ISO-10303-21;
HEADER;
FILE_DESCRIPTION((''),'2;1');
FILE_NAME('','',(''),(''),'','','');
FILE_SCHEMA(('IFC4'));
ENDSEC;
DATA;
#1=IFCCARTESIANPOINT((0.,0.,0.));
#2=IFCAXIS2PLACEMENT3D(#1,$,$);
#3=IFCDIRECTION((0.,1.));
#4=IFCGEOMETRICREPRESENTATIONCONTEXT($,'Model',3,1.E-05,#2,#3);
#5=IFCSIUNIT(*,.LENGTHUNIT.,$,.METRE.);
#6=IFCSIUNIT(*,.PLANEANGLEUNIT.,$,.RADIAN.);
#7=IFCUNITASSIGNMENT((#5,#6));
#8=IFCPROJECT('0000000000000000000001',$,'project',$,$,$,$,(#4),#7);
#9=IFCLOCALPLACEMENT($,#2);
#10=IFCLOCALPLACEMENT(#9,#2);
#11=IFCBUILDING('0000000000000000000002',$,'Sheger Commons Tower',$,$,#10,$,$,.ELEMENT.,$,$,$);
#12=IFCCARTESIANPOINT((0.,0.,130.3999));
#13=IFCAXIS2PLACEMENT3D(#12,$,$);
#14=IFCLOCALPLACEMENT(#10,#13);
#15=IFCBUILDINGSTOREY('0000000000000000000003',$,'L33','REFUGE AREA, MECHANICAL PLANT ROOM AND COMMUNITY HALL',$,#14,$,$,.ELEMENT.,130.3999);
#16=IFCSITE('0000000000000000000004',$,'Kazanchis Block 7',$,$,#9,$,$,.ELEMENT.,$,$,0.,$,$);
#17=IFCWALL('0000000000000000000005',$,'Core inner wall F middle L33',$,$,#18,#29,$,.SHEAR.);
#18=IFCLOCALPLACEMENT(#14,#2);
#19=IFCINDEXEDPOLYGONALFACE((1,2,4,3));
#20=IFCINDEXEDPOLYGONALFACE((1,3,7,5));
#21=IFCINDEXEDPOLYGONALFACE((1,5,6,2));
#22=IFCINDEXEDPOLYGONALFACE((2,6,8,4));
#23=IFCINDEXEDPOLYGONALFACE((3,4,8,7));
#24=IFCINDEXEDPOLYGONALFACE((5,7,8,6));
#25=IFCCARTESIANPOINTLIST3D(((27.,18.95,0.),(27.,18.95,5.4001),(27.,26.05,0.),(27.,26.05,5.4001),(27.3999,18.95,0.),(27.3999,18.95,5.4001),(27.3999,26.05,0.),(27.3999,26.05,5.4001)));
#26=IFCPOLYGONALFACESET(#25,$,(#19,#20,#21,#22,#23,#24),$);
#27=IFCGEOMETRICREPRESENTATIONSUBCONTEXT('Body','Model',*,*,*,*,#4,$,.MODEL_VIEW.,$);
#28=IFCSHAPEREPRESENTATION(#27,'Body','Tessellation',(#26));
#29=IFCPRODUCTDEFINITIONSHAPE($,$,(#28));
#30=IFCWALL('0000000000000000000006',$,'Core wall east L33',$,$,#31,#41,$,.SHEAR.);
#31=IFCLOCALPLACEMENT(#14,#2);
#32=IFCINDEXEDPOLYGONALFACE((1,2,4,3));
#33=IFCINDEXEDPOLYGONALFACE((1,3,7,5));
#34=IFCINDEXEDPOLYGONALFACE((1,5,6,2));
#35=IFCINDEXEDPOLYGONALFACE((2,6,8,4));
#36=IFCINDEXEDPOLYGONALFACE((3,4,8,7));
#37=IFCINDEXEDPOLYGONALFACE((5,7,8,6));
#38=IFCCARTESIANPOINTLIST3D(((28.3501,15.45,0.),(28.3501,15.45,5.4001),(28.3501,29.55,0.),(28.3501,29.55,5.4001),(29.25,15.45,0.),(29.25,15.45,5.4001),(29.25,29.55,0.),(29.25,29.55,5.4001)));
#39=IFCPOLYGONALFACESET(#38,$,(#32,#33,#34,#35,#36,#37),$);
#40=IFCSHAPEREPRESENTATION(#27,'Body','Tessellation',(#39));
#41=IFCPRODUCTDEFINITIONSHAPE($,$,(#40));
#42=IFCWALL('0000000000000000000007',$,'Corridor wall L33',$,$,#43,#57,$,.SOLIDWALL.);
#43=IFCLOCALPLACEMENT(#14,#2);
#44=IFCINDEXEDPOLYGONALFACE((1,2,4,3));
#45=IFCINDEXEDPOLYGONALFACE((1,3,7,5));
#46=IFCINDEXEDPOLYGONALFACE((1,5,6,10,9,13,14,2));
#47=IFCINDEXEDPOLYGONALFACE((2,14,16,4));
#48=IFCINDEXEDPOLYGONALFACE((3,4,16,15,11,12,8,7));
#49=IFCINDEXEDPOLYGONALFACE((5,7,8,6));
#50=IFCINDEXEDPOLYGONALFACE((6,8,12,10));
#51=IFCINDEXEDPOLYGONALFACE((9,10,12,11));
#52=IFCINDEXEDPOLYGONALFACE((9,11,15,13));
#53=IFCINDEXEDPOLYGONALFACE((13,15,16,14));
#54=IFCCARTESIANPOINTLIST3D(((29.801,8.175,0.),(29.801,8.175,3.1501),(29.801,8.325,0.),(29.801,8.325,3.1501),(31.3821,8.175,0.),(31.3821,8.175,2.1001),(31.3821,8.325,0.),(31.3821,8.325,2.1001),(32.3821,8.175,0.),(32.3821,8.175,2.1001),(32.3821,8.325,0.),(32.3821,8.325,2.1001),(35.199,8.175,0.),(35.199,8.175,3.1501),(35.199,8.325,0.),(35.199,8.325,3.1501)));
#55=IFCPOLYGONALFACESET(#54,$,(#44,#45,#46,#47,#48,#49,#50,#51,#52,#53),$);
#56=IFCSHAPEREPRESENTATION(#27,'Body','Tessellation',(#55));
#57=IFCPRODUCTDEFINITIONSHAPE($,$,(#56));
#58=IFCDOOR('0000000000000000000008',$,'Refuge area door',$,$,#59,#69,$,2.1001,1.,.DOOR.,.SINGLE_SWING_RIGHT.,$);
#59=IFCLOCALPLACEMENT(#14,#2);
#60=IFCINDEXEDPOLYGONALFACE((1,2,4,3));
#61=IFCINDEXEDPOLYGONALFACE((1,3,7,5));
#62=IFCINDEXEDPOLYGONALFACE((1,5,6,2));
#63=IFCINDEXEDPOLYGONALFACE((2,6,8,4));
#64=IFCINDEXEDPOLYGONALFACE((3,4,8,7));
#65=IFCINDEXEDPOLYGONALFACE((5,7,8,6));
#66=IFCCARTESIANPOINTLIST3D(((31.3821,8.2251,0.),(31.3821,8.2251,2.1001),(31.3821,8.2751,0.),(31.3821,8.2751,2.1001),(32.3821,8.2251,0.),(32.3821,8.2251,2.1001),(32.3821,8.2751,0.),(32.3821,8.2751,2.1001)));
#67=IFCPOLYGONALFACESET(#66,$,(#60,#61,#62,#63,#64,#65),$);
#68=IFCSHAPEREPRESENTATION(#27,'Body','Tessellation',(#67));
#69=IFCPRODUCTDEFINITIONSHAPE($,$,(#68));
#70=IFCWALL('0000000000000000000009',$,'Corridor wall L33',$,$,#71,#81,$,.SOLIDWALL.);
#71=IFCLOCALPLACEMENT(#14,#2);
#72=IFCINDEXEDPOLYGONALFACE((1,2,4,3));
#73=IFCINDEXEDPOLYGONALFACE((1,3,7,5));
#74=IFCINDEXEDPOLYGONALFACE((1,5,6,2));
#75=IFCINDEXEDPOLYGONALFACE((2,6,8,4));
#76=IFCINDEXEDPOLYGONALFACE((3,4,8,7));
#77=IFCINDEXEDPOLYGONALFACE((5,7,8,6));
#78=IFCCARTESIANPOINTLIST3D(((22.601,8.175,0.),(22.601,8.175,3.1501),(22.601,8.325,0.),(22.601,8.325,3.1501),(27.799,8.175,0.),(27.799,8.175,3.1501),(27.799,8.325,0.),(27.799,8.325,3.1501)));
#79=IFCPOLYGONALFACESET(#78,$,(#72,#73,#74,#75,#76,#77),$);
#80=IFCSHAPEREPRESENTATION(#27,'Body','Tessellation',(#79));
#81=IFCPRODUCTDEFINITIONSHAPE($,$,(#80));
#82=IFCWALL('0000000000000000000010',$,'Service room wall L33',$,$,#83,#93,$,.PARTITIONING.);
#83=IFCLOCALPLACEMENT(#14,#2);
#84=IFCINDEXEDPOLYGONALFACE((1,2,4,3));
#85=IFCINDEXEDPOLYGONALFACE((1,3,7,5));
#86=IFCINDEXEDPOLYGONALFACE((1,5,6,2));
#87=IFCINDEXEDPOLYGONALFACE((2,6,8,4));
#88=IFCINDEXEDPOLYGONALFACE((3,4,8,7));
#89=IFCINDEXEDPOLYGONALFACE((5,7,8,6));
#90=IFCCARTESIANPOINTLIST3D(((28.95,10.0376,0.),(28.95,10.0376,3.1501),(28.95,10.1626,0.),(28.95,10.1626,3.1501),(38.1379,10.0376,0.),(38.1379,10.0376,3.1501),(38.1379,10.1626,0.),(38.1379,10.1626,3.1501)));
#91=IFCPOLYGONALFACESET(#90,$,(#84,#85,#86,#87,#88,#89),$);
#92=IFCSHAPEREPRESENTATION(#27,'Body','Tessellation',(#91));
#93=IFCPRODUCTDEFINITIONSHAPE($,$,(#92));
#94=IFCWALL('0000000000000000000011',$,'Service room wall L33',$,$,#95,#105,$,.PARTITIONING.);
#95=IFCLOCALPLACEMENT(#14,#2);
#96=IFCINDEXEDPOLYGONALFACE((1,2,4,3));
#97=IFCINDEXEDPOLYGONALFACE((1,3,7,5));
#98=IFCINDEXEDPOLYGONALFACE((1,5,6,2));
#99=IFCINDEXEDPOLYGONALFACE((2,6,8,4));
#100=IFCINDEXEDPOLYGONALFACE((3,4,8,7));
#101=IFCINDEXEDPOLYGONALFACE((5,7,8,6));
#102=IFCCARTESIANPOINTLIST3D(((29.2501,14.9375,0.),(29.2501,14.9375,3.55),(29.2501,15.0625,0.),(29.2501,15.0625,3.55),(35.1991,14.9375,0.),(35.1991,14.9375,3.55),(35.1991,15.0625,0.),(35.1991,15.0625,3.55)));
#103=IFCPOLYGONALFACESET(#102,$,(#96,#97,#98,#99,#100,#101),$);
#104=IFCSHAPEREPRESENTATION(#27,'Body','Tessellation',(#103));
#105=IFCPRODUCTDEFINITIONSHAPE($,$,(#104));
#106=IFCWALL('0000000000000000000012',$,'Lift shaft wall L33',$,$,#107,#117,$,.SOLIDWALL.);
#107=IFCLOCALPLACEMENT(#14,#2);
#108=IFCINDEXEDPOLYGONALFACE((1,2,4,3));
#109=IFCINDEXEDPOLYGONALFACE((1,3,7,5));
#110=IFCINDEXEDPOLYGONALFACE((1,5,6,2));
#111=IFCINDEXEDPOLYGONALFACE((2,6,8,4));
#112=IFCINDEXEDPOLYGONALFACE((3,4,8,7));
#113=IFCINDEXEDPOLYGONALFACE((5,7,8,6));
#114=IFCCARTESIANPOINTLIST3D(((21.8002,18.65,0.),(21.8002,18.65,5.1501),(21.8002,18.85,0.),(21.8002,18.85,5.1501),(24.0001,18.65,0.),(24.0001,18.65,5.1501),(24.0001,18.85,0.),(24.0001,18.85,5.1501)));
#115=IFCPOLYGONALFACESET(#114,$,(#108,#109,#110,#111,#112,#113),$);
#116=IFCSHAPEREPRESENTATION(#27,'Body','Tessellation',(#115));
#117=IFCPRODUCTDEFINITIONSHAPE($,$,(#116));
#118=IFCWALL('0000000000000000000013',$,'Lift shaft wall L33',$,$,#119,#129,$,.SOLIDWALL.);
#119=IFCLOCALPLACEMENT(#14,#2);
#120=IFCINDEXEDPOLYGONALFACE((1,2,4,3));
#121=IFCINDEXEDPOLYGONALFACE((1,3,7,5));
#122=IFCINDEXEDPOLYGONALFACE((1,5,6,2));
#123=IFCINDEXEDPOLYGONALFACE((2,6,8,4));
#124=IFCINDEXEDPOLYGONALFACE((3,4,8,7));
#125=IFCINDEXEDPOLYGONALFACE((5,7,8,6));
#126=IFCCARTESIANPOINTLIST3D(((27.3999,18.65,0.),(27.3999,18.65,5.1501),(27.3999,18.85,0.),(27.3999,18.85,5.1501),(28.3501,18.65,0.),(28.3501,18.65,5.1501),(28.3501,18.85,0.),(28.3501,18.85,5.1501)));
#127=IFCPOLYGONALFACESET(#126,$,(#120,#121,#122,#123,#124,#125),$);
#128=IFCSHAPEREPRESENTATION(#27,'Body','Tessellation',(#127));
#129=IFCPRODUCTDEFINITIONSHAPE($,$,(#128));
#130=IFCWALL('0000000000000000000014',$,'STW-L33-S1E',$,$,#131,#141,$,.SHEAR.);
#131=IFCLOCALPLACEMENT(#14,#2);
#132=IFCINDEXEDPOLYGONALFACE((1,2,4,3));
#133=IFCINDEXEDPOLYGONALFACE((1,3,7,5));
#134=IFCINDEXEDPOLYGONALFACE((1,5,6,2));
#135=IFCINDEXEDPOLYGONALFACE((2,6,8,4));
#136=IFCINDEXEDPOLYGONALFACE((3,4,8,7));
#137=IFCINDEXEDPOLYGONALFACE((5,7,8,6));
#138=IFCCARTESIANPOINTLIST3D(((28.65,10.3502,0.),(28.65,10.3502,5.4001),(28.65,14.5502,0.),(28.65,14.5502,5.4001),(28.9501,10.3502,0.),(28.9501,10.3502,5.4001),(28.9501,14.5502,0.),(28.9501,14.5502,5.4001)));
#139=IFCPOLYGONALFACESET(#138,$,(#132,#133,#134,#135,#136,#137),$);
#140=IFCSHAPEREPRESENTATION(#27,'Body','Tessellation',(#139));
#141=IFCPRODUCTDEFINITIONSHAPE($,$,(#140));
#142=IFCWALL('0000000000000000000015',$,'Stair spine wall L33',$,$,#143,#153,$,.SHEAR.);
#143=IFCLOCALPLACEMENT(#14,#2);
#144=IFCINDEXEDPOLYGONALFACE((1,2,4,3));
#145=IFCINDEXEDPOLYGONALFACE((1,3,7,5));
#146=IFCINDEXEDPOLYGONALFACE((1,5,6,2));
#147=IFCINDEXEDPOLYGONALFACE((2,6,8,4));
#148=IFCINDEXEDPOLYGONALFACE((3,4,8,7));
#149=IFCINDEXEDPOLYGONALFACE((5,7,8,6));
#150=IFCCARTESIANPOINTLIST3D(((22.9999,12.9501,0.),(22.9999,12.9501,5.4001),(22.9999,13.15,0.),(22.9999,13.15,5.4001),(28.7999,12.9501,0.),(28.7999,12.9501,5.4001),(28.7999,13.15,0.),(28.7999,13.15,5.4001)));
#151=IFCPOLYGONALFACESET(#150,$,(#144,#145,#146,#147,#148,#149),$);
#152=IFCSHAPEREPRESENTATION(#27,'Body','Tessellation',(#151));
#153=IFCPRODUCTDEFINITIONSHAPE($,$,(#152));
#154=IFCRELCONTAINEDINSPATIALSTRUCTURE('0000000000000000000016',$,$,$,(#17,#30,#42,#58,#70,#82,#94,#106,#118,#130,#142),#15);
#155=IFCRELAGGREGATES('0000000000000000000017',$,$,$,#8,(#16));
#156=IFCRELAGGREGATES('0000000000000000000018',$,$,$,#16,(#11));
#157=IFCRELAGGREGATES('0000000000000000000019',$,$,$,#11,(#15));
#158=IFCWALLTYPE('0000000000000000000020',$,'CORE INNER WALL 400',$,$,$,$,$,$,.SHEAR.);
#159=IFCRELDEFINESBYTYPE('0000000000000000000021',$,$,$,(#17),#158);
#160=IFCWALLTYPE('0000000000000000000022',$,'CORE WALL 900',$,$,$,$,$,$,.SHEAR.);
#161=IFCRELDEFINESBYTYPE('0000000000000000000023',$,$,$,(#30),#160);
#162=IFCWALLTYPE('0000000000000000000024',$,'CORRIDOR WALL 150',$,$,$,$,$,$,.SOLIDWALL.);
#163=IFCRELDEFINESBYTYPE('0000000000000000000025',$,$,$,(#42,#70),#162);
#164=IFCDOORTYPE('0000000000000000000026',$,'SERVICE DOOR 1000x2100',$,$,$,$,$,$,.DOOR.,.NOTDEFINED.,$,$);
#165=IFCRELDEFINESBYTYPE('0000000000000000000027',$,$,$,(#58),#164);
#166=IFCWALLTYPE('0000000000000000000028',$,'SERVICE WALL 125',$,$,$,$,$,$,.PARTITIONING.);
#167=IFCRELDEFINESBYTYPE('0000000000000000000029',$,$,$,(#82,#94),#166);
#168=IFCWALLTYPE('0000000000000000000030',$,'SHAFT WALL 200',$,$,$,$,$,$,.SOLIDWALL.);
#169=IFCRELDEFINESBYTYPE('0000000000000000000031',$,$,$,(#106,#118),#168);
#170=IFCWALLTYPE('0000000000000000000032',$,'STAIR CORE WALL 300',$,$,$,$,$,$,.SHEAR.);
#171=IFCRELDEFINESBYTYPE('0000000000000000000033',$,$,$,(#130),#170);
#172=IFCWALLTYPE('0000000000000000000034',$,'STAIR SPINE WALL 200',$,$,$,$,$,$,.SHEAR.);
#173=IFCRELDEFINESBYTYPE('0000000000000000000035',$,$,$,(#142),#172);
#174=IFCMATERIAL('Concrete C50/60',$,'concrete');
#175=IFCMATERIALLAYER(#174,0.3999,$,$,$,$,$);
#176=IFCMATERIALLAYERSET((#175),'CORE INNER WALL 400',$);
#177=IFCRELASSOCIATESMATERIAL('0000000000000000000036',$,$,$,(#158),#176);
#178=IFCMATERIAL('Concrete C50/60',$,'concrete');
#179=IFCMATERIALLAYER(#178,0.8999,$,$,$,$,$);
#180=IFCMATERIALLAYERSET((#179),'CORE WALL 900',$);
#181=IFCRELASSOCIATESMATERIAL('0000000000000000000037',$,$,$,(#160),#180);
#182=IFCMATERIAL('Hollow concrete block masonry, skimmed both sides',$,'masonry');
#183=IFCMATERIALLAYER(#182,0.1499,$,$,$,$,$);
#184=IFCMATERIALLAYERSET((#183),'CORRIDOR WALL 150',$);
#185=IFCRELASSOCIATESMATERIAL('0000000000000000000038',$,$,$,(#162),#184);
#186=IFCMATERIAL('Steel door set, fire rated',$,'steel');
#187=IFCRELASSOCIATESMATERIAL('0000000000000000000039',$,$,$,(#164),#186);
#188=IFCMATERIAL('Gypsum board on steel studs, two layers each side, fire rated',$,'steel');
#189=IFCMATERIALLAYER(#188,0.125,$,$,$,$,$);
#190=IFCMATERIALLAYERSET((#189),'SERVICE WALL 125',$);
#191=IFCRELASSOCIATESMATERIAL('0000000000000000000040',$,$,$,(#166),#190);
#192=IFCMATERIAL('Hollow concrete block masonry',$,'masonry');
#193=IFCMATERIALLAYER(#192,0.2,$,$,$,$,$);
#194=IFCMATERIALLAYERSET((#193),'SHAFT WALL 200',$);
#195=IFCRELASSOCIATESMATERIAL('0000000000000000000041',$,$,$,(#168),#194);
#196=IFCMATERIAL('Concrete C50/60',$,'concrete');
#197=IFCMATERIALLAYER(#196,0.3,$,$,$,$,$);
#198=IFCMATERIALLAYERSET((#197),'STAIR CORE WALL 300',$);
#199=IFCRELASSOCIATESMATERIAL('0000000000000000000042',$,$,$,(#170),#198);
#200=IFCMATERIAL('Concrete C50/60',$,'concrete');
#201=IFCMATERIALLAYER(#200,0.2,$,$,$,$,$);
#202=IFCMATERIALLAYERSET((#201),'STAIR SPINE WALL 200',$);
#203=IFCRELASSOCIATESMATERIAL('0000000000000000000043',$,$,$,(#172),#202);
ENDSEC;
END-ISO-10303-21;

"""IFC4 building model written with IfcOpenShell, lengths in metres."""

from ifc_helpers import new_model, si_unit, direction, frame, frame_2d, origin, place, context, subcontext, project, spatial, rectangle, extrude, material, layer, layer_set, type_object, element, fill, save


model = new_model("IFC4")

# Units and contexts
model_context = context("Model", 3, precision=1e-05, world=origin(), true_north=direction((0.0, 1.0)))
body_context = subcontext(model_context, "Body", "Model", "MODEL_VIEW")
ifc_project = project(units=[si_unit("LENGTHUNIT", "METRE"), si_unit("PLANEANGLEUNIT", "RADIAN")], contexts=[model_context])

# Site, building, storey
site_placement = place(None, origin())
site = spatial("IfcSite", under=ifc_project, at=site_placement, Name="Kazanchis Block 7", CompositionType="ELEMENT", RefElevation=0.0)
building_placement = place(site_placement, origin())
building = spatial("IfcBuilding", under=site, at=building_placement, Name="Sheger Commons Tower", CompositionType="ELEMENT")
storey_placement = place(building_placement, frame((0.0, 0.0, 130.3999)))
storey = spatial("IfcBuildingStorey", under=building, at=storey_placement, Name="L33", Description="REFUGE AREA, MECHANICAL PLANT ROOM AND COMMUNITY HALL", CompositionType="ELEMENT", Elevation=130.3999)

# Shared definitions
ifc_material_1 = material(Name="Concrete C50/60", Category="concrete")
ifc_layer_1 = layer(ifc_material_1, 0.3999)
ifc_layer_set_1 = layer_set([ifc_layer_1], Name="CORE INNER WALL 400")
wall_type_1 = type_object("IfcWallType", Name="CORE INNER WALL 400", PredefinedType="SHEAR", material=ifc_layer_set_1)

# Walls
wall_1_placement = place(storey_placement, frame((27.2, 18.95, 0.0), z_axis=(0.0, 0.0, 1.0), x_axis=(0.0, 1.0, 0.0)))
element("IfcWall", 1, at=wall_1_placement, inside=storey, type_object=wall_type_1, Name="Core inner wall F middle L33", PredefinedType="SHEAR", context=body_context, shape_type="SweptSolid", body=[
    extrude(rectangle(XDim=7.1001, YDim=0.3999, at=frame_2d((3.55, 0.0))), origin(), (0.0, 0.0, 1.0), 5.4001),
])
ifc_material_2 = material(Name="Concrete C50/60", Category="concrete")
ifc_layer_2 = layer(ifc_material_2, 0.8999)
ifc_layer_set_2 = layer_set([ifc_layer_2], Name="CORE WALL 900")
wall_type_2 = type_object("IfcWallType", Name="CORE WALL 900", PredefinedType="SHEAR", material=ifc_layer_set_2)
wall_2_placement = place(storey_placement, frame((28.8, 15.45, 0.0), z_axis=(0.0, 0.0, 1.0), x_axis=(0.0, 1.0, 0.0)))
element("IfcWall", 2, at=wall_2_placement, inside=storey, type_object=wall_type_2, Name="Core wall east L33", PredefinedType="SHEAR", context=body_context, shape_type="SweptSolid", body=[
    extrude(rectangle(XDim=14.1001, YDim=0.8999, at=frame_2d((7.05, 0.0))), origin(), (0.0, 0.0, 1.0), 5.4001),
])

# Wall, opening, door
ifc_material_3 = material(Name="Hollow concrete block masonry, skimmed both sides", Category="masonry")
ifc_layer_3 = layer(ifc_material_3, 0.1499)
ifc_layer_set_3 = layer_set([ifc_layer_3], Name="CORRIDOR WALL 150")
wall_type_3 = type_object("IfcWallType", Name="CORRIDOR WALL 150", PredefinedType="SOLIDWALL", material=ifc_layer_set_3)
wall_3_placement = place(storey_placement, frame((35.199, 8.25, 0.0), z_axis=(0.0, 0.0, 1.0), x_axis=(-1.0, 0.0, 0.0)))
wall_3 = element("IfcWall", 3, at=wall_3_placement, inside=storey, type_object=wall_type_3, Name="Corridor wall L33", PredefinedType="SOLIDWALL", context=body_context, shape_type="SweptSolid", body=[
    extrude(rectangle(XDim=5.3979, YDim=0.1499, at=frame_2d((2.699, 0.0))), origin(), (0.0, 0.0, 1.0), 3.1501),
])
opening_1_placement = place(wall_3_placement, frame((2.8169, 0.0, 0.0)))
opening_1 = element("IfcOpeningElement", 4, at=opening_1_placement, cuts=wall_3, PredefinedType="OPENING", context=body_context, shape_type="SweptSolid", body=[
    extrude(rectangle(XDim=1.0, YDim=2.1001, at=frame_2d((0.5, 1.05))), frame((0.0, 0.085, 0.0), z_axis=(0.0, -1.0, 0.0), x_axis=(1.0, 0.0, 0.0)), (0.0, 0.0, 1.0), 0.1699),
])
ifc_material_4 = material(Name="Steel door set, fire rated", Category="steel")
door_type_1 = type_object("IfcDoorType", Name="SERVICE DOOR 1000x2100", OperationType="NOTDEFINED", PredefinedType="DOOR", material=ifc_material_4)
door_1_placement = place(opening_1_placement, origin())
door_1 = element("IfcDoor", 5, at=door_1_placement, inside=storey, type_object=door_type_1, Name="Refuge area door", OperationType="SINGLE_SWING_RIGHT", OverallHeight=2.1001, OverallWidth=1.0, PredefinedType="DOOR", context=body_context, shape_type="SweptSolid", body=[
    extrude(rectangle(XDim=1.0, YDim=2.1001, at=frame_2d((0.5, 1.05))), frame((0.0, 0.0249, 0.0), z_axis=(0.0, -1.0, 0.0), x_axis=(1.0, 0.0, 0.0)), (0.0, 0.0, 1.0), 0.05),
])
fill(opening_1, door_1)

# Walls
wall_4_placement = place(storey_placement, frame((27.7991, 8.25, 0.0), z_axis=(0.0, 0.0, 1.0), x_axis=(-1.0, 0.0, 0.0)))
element("IfcWall", 6, at=wall_4_placement, inside=storey, type_object=wall_type_3, Name="Corridor wall L33", PredefinedType="SOLIDWALL", context=body_context, shape_type="SweptSolid", body=[
    extrude(rectangle(XDim=5.198, YDim=0.1499, at=frame_2d((2.5991, 0.0))), origin(), (0.0, 0.0, 1.0), 3.1501),
])
ifc_material_5 = material(Name="Gypsum board on steel studs, two layers each side, fire rated", Category="steel")
ifc_layer_4 = layer(ifc_material_5, 0.125)
ifc_layer_set_4 = layer_set([ifc_layer_4], Name="SERVICE WALL 125")
wall_type_4 = type_object("IfcWallType", Name="SERVICE WALL 125", PredefinedType="PARTITIONING", material=ifc_layer_set_4)
wall_5_placement = place(storey_placement, frame((28.95, 10.1001, 0.0), z_axis=(0.0, 0.0, 1.0), x_axis=(1.0, 0.0, 0.0)))
element("IfcWall", 7, at=wall_5_placement, inside=storey, type_object=wall_type_4, Name="Service room wall L33", PredefinedType="PARTITIONING", context=body_context, shape_type="SweptSolid", body=[
    extrude(rectangle(XDim=9.188, YDim=0.125, at=frame_2d((4.594, 0.0))), origin(), (0.0, 0.0, 1.0), 3.1501),
])
wall_6_placement = place(storey_placement, frame((29.25, 15.0, 0.0), z_axis=(0.0, 0.0, 1.0), x_axis=(1.0, 0.0, 0.0)))
element("IfcWall", 8, at=wall_6_placement, inside=storey, type_object=wall_type_4, Name="Service room wall L33", PredefinedType="PARTITIONING", context=body_context, shape_type="SweptSolid", body=[
    extrude(rectangle(XDim=5.949, YDim=0.125, at=frame_2d((2.9746, 0.0))), origin(), (0.0, 0.0, 1.0), 3.55),
])
ifc_material_6 = material(Name="Hollow concrete block masonry", Category="masonry")
ifc_layer_5 = layer(ifc_material_6, 0.2)
ifc_layer_set_5 = layer_set([ifc_layer_5], Name="SHAFT WALL 200")
wall_type_5 = type_object("IfcWallType", Name="SHAFT WALL 200", PredefinedType="SOLIDWALL", material=ifc_layer_set_5)
wall_7_placement = place(storey_placement, frame((21.8, 18.75, 0.0), z_axis=(0.0, 0.0, 1.0), x_axis=(1.0, 0.0, 0.0)))
element("IfcWall", 9, at=wall_7_placement, inside=storey, type_object=wall_type_5, Name="Lift shaft wall L33", PredefinedType="SOLIDWALL", context=body_context, shape_type="SweptSolid", body=[
    extrude(rectangle(XDim=2.2, YDim=0.2, at=frame_2d((1.1001, 0.0))), origin(), (0.0, 0.0, 1.0), 5.1501),
])
wall_8_placement = place(storey_placement, frame((27.3999, 18.75, 0.0), z_axis=(0.0, 0.0, 1.0), x_axis=(1.0, 0.0, 0.0)))
element("IfcWall", 10, at=wall_8_placement, inside=storey, type_object=wall_type_5, Name="Lift shaft wall L33", PredefinedType="SOLIDWALL", context=body_context, shape_type="SweptSolid", body=[
    extrude(rectangle(XDim=0.9502, YDim=0.2, at=frame_2d((0.4751, 0.0))), origin(), (0.0, 0.0, 1.0), 5.1501),
])
ifc_material_7 = material(Name="Concrete C50/60", Category="concrete")
ifc_layer_6 = layer(ifc_material_7, 0.3)
ifc_layer_set_6 = layer_set([ifc_layer_6], Name="STAIR CORE WALL 300")
wall_type_6 = type_object("IfcWallType", Name="STAIR CORE WALL 300", PredefinedType="SHEAR", material=ifc_layer_set_6)
wall_9_placement = place(storey_placement, frame((28.8, 10.3501, 0.0), z_axis=(0.0, 0.0, 1.0), x_axis=(0.0, 1.0, 0.0)))
element("IfcWall", 11, at=wall_9_placement, inside=storey, type_object=wall_type_6, Name="STW-L33-S1E", PredefinedType="SHEAR", context=body_context, shape_type="SweptSolid", body=[
    extrude(rectangle(XDim=4.2, YDim=0.3, at=frame_2d((2.1001, 0.0))), origin(), (0.0, 0.0, 1.0), 5.4001),
])
ifc_material_8 = material(Name="Concrete C50/60", Category="concrete")
ifc_layer_7 = layer(ifc_material_8, 0.2)
ifc_layer_set_7 = layer_set([ifc_layer_7], Name="STAIR SPINE WALL 200")
wall_type_7 = type_object("IfcWallType", Name="STAIR SPINE WALL 200", PredefinedType="SHEAR", material=ifc_layer_set_7)
wall_10_placement = place(storey_placement, frame((23.0, 13.05, 0.0), z_axis=(0.0, 0.0, 1.0), x_axis=(1.0, 0.0, 0.0)))
element("IfcWall", 12, at=wall_10_placement, inside=storey, type_object=wall_type_7, Name="Stair spine wall L33", PredefinedType="SHEAR", context=body_context, shape_type="SweptSolid", body=[
    extrude(rectangle(XDim=5.8, YDim=0.2, at=frame_2d((2.8999, 0.0))), origin(), (0.0, 0.0, 1.0), 5.4001),
])

save(model, "model.ifc")
